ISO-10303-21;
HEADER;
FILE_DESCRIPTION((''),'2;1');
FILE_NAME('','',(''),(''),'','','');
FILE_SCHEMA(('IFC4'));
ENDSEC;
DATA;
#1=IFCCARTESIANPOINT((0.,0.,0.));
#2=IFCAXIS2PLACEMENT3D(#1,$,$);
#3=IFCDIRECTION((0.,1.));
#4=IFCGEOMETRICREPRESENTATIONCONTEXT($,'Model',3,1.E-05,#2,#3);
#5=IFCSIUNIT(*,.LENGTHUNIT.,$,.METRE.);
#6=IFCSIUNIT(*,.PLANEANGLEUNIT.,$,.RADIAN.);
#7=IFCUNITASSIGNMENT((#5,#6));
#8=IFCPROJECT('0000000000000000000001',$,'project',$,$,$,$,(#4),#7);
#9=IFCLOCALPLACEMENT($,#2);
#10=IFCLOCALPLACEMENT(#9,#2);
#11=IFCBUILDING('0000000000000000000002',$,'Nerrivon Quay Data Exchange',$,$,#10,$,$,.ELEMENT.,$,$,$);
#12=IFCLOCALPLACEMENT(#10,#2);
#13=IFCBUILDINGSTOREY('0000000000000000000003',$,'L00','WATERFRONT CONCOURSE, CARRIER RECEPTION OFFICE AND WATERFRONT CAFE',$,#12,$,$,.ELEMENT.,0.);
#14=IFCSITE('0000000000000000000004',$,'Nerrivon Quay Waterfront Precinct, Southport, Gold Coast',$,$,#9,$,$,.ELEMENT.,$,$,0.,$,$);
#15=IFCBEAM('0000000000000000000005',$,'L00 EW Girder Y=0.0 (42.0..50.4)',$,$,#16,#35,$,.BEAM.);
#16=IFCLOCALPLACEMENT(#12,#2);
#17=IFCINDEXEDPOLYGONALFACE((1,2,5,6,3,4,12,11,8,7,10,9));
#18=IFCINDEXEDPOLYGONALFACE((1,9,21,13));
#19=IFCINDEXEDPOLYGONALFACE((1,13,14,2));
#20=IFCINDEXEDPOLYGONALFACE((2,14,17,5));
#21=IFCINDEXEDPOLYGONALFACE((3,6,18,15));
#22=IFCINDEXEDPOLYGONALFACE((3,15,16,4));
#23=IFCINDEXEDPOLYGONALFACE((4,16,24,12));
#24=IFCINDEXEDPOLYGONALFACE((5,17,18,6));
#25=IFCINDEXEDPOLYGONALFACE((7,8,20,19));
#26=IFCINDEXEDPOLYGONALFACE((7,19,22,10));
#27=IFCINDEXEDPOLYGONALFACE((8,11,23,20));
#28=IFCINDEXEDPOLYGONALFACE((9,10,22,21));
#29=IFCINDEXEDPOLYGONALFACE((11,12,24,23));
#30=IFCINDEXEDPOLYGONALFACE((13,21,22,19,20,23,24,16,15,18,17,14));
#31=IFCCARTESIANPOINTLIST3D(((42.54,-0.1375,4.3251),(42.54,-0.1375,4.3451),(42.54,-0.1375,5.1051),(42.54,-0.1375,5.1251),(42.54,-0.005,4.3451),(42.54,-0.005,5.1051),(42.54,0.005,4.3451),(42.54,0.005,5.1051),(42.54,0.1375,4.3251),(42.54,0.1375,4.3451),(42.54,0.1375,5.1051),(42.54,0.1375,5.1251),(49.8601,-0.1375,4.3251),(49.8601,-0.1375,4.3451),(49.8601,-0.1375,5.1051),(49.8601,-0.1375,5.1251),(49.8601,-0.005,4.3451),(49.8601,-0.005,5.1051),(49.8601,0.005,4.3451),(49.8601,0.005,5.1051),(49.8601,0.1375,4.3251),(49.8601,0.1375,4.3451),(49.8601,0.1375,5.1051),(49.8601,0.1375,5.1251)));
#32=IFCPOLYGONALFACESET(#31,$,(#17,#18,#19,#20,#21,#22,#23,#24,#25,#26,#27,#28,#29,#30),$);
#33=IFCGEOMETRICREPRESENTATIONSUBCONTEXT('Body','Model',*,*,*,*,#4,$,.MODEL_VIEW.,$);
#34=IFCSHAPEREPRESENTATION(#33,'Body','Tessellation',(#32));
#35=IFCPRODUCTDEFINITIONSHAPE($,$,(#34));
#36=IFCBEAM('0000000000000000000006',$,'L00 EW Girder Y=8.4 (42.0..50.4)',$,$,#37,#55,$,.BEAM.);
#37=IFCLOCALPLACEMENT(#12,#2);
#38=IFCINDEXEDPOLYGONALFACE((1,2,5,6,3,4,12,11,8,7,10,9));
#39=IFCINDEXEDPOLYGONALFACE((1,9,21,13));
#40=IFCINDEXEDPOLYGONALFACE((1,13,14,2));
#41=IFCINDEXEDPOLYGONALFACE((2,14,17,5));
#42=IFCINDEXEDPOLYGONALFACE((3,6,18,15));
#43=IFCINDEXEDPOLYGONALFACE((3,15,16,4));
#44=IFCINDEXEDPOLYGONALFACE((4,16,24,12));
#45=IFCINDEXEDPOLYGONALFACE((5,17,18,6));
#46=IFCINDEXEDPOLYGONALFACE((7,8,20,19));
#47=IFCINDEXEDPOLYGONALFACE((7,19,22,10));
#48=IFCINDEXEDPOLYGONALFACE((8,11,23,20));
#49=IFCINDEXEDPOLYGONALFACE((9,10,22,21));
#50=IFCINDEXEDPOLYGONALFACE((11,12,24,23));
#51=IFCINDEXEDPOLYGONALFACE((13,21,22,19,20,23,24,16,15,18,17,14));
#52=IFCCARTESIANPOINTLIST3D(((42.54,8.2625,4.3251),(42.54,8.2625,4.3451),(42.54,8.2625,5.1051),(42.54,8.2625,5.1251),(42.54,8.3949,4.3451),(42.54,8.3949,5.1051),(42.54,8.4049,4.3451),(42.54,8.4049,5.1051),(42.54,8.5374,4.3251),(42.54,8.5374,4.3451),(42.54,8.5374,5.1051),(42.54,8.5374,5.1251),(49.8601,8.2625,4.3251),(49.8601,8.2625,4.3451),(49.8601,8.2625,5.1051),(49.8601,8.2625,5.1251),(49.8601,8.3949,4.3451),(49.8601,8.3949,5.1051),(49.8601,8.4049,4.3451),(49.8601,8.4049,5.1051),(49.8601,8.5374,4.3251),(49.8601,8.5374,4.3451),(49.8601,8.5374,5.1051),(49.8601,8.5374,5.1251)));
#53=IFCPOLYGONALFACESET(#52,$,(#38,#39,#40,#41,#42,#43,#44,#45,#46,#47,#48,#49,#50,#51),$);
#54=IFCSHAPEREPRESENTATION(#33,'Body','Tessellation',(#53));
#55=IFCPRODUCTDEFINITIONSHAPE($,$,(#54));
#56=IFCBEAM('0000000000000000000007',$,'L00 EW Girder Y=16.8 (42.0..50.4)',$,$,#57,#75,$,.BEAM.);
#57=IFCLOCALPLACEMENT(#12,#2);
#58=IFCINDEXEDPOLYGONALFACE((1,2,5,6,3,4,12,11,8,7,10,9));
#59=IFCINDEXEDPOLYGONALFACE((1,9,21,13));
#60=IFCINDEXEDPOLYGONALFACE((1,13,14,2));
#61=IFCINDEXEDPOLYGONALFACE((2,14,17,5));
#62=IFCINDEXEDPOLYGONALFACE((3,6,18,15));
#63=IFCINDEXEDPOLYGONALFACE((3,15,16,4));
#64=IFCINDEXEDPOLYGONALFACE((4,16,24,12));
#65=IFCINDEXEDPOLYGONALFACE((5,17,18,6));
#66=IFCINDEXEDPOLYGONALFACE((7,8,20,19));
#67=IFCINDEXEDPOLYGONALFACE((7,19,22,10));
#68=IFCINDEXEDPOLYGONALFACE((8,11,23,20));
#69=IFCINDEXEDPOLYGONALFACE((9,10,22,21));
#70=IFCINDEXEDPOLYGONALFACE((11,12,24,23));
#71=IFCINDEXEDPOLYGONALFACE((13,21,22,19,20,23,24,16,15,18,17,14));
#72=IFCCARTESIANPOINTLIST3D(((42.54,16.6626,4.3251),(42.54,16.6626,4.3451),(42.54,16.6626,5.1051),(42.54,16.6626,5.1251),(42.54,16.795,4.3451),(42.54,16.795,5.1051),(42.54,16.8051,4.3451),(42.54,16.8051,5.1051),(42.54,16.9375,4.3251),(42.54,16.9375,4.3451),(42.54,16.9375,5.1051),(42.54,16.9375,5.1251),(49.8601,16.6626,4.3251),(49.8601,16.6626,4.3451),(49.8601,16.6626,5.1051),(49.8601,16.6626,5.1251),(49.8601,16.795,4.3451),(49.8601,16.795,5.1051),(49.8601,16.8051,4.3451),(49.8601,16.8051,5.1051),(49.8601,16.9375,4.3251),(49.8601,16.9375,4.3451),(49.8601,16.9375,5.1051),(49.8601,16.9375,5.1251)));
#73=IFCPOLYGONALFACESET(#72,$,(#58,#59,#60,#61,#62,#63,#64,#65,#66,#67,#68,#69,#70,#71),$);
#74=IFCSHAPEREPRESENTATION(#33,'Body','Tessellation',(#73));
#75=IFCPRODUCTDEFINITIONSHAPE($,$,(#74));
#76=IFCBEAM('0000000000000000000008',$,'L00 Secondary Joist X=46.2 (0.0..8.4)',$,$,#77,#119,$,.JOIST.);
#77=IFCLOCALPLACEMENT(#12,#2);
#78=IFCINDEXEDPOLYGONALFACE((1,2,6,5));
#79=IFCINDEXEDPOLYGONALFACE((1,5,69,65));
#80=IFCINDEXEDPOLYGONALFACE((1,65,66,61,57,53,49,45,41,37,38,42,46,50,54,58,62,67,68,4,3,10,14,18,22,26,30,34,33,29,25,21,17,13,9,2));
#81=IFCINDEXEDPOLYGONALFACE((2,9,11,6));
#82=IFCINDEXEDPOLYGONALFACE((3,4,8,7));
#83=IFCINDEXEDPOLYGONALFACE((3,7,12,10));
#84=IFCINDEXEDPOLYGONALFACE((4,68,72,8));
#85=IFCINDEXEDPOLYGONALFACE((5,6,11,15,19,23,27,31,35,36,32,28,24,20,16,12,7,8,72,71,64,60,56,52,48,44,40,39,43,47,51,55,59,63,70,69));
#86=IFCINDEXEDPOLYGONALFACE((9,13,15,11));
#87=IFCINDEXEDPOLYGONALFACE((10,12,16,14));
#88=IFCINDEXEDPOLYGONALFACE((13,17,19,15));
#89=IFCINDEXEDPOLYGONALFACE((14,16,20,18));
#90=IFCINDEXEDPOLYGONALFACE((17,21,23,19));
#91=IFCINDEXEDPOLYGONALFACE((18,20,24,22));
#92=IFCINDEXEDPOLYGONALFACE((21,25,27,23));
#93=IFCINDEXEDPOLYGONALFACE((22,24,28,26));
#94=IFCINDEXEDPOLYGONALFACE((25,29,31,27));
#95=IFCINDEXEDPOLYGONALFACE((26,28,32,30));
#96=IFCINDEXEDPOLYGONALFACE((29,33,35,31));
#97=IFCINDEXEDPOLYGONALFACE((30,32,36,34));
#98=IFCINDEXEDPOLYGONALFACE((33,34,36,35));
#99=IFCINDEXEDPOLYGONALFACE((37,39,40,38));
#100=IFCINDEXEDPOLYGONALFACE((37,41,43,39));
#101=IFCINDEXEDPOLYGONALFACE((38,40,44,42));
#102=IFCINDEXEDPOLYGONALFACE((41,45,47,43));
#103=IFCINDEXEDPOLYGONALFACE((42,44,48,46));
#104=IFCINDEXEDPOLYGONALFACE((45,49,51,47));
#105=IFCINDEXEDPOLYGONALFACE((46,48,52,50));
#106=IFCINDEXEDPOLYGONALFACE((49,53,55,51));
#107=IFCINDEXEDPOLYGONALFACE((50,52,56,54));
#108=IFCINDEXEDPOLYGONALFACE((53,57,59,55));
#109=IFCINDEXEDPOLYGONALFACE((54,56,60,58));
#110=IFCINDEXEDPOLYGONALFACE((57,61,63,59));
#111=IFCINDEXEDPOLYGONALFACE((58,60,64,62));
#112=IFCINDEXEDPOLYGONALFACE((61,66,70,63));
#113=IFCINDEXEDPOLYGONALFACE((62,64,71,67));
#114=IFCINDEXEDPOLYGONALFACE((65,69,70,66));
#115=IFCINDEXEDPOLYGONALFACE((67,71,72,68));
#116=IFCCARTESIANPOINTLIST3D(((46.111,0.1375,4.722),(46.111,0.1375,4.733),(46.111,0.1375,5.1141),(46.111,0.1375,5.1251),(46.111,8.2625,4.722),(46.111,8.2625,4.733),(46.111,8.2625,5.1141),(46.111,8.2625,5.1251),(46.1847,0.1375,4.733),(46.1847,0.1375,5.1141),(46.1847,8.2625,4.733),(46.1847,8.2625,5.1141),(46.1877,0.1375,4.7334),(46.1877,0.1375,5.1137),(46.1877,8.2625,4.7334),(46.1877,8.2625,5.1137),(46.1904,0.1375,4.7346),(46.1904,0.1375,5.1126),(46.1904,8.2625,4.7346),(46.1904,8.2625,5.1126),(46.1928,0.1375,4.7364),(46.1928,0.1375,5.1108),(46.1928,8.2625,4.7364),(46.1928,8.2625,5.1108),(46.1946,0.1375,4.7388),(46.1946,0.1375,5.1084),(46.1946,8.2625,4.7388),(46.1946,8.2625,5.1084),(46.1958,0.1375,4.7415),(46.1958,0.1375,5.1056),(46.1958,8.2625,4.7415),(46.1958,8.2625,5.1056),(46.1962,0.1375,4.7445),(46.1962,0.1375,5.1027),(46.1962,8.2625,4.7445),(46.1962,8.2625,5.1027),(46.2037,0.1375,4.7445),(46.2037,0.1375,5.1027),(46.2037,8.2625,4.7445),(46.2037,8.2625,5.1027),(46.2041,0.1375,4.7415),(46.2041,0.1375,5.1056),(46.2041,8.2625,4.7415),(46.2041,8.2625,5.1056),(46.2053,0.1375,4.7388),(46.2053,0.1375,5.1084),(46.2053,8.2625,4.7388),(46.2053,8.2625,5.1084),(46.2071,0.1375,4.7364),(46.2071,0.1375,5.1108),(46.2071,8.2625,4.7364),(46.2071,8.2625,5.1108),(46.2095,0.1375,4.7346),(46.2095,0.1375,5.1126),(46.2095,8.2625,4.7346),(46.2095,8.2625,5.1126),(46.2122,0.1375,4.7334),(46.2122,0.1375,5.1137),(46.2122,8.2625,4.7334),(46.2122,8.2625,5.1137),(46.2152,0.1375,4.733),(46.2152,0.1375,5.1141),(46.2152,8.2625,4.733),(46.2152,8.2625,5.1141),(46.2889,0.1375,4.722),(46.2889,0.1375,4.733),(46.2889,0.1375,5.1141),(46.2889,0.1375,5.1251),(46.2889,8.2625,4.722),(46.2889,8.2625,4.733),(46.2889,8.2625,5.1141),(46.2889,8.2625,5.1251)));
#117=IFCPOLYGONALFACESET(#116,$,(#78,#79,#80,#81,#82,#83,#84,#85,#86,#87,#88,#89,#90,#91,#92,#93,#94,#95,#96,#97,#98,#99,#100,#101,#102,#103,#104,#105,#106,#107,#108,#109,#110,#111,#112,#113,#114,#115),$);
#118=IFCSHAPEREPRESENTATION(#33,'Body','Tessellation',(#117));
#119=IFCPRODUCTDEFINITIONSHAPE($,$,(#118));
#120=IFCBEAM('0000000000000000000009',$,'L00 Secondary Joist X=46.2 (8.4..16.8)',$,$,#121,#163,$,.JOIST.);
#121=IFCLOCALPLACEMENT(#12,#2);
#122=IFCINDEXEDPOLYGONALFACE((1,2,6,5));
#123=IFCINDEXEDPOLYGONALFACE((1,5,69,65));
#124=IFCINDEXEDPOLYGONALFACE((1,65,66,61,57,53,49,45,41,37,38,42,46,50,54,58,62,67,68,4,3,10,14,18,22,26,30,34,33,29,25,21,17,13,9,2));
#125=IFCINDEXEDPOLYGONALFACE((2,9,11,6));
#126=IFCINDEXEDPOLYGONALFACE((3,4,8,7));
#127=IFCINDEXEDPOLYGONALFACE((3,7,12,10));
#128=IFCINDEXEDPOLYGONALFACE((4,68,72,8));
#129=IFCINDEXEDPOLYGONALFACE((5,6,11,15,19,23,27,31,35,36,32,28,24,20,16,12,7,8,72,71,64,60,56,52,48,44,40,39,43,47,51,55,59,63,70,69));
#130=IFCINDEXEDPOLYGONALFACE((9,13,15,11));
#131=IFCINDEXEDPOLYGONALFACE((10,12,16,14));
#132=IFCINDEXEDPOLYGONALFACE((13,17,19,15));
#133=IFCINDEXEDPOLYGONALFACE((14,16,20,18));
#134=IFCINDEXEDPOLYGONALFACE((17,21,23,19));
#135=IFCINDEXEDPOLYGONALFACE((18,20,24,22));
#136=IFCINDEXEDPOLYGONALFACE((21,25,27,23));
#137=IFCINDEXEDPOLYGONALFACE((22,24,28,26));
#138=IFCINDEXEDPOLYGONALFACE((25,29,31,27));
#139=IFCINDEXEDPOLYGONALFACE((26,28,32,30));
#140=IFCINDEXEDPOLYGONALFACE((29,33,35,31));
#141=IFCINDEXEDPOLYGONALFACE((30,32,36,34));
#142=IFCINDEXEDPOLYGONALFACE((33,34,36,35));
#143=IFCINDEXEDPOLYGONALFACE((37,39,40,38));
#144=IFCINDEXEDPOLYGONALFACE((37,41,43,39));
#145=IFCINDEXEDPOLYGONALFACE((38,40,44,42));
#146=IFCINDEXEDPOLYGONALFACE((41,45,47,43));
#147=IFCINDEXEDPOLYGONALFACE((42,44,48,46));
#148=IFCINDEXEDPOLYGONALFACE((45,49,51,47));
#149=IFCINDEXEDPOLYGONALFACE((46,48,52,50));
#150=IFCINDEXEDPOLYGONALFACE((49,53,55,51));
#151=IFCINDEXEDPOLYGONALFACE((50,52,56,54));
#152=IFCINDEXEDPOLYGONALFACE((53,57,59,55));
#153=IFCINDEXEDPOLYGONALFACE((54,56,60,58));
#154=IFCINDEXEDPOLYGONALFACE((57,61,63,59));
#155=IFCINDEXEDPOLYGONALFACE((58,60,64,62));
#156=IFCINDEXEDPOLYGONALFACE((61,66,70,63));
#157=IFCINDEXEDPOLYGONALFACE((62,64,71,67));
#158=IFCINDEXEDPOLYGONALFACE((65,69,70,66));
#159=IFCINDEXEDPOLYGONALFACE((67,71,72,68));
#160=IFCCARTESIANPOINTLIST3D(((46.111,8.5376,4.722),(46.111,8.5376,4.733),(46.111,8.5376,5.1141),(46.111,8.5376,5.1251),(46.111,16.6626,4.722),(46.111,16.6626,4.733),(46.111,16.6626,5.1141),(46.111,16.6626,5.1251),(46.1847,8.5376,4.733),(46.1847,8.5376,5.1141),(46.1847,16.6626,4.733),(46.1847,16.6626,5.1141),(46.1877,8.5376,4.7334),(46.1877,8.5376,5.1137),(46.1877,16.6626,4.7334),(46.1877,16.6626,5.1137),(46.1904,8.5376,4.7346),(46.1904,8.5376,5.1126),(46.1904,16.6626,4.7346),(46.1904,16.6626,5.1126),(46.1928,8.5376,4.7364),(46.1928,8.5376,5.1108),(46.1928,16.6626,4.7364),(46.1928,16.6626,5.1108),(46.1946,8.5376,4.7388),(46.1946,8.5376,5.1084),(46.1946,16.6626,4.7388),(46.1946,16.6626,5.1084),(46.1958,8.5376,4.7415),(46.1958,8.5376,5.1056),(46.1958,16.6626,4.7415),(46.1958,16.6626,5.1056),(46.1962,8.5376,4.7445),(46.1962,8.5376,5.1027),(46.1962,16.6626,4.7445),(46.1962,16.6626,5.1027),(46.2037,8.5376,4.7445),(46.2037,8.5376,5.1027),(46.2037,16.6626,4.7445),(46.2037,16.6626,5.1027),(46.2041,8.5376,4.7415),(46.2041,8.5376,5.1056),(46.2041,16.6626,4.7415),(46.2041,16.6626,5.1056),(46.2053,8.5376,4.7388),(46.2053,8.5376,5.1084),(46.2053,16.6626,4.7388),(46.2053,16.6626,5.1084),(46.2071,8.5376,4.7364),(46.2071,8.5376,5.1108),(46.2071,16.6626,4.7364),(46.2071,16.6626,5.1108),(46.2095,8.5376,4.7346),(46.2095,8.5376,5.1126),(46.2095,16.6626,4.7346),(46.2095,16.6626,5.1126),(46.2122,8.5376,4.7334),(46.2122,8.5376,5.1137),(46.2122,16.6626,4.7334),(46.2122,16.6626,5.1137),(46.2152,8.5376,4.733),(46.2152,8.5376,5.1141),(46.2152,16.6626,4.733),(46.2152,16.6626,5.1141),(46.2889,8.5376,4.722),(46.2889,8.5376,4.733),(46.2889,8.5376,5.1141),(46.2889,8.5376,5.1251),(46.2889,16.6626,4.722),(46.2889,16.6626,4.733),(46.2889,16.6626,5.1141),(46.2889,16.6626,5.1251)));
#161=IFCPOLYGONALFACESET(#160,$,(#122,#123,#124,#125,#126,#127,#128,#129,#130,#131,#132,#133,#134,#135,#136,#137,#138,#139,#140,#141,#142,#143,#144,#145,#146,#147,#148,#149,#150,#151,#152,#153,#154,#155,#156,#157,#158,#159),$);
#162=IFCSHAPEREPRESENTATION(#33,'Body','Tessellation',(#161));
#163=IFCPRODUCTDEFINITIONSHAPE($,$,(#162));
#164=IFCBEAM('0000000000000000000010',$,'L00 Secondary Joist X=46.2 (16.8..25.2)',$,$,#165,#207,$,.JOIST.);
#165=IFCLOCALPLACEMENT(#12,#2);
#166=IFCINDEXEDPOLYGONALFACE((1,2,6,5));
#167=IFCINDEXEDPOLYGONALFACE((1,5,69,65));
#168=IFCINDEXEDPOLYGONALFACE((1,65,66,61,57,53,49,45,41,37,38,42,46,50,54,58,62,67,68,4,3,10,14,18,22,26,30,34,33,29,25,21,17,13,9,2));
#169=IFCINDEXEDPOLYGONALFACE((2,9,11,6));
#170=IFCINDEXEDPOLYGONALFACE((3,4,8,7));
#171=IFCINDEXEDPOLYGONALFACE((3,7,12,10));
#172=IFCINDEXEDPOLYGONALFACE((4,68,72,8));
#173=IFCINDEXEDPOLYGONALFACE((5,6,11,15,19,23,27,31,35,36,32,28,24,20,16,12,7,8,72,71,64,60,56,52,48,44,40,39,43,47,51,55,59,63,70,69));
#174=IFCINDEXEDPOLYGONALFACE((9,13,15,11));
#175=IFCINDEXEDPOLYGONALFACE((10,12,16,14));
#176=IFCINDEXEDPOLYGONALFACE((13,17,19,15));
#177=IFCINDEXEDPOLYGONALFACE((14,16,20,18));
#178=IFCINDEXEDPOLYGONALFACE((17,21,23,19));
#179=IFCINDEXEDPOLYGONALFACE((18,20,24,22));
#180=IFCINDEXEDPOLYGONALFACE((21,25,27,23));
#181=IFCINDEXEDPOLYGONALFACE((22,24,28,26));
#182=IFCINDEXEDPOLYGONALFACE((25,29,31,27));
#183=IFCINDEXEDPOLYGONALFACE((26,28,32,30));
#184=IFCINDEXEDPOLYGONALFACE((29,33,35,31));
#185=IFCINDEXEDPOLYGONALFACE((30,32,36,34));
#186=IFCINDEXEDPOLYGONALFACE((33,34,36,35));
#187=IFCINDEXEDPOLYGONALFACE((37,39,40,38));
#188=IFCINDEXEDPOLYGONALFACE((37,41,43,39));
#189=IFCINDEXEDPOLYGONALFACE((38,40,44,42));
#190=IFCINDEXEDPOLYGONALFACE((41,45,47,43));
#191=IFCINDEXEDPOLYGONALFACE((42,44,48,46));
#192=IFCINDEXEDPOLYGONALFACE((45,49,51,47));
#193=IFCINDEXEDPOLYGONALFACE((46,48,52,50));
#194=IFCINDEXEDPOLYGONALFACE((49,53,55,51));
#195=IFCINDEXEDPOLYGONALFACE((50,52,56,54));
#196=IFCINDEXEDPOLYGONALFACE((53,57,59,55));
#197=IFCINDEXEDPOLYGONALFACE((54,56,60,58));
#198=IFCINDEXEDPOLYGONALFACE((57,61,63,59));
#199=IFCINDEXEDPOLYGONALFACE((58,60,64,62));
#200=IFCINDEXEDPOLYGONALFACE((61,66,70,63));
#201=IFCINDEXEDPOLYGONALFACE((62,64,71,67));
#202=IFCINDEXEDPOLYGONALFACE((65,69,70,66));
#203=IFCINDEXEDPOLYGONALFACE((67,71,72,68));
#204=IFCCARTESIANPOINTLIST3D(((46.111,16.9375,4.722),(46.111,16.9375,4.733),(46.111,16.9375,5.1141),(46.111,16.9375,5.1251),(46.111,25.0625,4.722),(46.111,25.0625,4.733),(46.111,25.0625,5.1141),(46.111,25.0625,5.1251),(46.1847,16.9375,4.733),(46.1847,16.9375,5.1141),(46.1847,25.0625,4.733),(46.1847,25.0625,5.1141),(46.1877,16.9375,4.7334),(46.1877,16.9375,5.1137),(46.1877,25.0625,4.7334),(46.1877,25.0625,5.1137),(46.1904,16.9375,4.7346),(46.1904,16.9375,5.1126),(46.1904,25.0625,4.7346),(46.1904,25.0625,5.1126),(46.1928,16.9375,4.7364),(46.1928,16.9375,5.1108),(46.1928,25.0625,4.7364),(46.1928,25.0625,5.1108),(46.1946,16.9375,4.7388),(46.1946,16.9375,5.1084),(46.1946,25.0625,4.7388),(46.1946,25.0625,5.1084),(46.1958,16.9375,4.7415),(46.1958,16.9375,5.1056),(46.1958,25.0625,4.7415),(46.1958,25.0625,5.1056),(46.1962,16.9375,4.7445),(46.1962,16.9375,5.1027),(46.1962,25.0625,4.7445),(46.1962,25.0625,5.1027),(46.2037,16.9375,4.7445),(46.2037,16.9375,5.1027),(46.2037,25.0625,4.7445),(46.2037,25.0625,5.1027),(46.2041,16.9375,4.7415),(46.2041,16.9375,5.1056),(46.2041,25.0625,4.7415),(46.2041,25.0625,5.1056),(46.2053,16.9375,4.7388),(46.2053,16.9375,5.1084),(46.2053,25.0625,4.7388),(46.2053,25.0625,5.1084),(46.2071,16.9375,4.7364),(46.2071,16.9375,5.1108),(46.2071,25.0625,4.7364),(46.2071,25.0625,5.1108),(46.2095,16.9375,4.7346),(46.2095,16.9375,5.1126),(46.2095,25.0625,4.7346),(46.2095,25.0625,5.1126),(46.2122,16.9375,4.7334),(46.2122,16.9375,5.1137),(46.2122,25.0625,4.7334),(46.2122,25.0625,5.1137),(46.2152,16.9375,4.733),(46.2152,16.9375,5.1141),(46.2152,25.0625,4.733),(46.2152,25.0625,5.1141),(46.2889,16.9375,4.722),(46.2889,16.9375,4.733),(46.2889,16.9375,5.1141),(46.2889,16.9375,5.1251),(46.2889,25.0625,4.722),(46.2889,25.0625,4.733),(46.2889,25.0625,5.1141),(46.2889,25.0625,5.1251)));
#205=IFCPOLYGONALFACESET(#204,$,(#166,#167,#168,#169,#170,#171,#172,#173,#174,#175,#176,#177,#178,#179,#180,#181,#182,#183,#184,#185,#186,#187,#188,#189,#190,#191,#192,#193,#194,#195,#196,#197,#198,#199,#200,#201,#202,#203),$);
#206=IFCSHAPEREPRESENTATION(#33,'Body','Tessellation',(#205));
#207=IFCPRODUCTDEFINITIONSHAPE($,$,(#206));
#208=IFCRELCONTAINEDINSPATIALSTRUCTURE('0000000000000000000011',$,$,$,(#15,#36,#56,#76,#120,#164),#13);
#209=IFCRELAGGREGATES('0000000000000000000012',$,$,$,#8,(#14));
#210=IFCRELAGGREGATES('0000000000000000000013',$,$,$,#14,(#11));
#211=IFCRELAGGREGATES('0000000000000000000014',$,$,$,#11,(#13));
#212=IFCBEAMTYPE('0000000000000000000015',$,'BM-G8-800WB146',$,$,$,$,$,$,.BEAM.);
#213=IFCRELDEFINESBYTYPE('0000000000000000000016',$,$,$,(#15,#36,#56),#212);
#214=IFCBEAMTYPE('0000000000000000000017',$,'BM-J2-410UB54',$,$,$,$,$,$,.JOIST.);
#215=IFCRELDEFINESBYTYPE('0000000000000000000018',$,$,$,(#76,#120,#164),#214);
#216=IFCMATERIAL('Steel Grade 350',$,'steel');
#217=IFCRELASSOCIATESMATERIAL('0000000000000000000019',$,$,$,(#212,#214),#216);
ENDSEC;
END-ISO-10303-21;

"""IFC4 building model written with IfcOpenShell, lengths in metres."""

from ifc_helpers import new_model, si_unit, direction, frame, origin, origin_2d, place, context, subcontext, project, spatial, i_section, extrude, material, material_profile, profile_set, type_object, element, save


model = new_model("IFC4")

# Units and contexts
model_context = context("Model", 3, precision=1e-05, world=origin(), true_north=direction((0.0, 1.0)))
body_context = subcontext(model_context, "Body", "Model", "MODEL_VIEW")
ifc_project = project(units=[si_unit("LENGTHUNIT", "METRE"), si_unit("PLANEANGLEUNIT", "RADIAN")], contexts=[model_context])

# Site, building, storey
site_placement = place(None, origin())
site = spatial("IfcSite", under=ifc_project, at=site_placement, Name="Nerrivon Quay Waterfront Precinct, Southport, Gold Coast", CompositionType="ELEMENT", RefElevation=0.0)
building_placement = place(site_placement, origin())
building = spatial("IfcBuilding", under=site, at=building_placement, Name="Nerrivon Quay Data Exchange", CompositionType="ELEMENT")
storey_placement = place(building_placement, origin())
storey = spatial("IfcBuildingStorey", under=building, at=storey_placement, Name="L00", Description="WATERFRONT CONCOURSE, CARRIER RECEPTION OFFICE AND WATERFRONT CAFE", CompositionType="ELEMENT", Elevation=0.0)

# Beams
ifc_material_1 = material(Name="Steel Grade 350", Category="steel")
ifc_material_profile_1 = material_profile(ifc_material_1, i_section(OverallWidth=0.2749, OverallDepth=0.8, WebThickness=0.01, FlangeThickness=0.02, at=origin_2d()), Name="800WB146")
ifc_profile_set_1 = profile_set([ifc_material_profile_1], Name="Steel Grade 350")
beam_type_1 = type_object("IfcBeamType", Name="BM-G8-800WB146", PredefinedType="BEAM", material=ifc_profile_set_1)
for number, where, z_axis, x_axis, name in (
    (1, (42.54, 0.0, 4.7251), (1.0, 0.0, 0.0), (0.0, 1.0, 0.0), "L00 EW Girder Y=0.0 (42.0..50.4)"),
    (2, (42.54, 8.3999, 4.7251), (1.0, 0.0, 0.0), (0.0, 1.0, 0.0), "L00 EW Girder Y=8.4 (42.0..50.4)"),
    (3, (42.54, 16.8, 4.7251), (1.0, 0.0, 0.0), (0.0, 1.0, 0.0), "L00 EW Girder Y=16.8 (42.0..50.4)"),
):
    element("IfcBeam", number, at=place(storey_placement, frame(where, z_axis=z_axis, x_axis=x_axis)), inside=storey, type_object=beam_type_1, Name=name, PredefinedType="BEAM", context=body_context, shape_type="SweptSolid", body=[
        extrude(i_section(OverallWidth=0.2749, OverallDepth=0.8, WebThickness=0.01, FlangeThickness=0.02, at=origin_2d()), origin(), (0.0, 0.0, 1.0), 7.3201),
    ])
ifc_material_profile_2 = material_profile(ifc_material_1, i_section(OverallWidth=0.178, OverallDepth=0.4031, WebThickness=0.0076, FlangeThickness=0.011, FilletRadius=0.0115, at=origin_2d()), Name="410UB53.7")
ifc_profile_set_2 = profile_set([ifc_material_profile_2], Name="Steel Grade 350")
beam_type_2 = type_object("IfcBeamType", Name="BM-J2-410UB54", PredefinedType="JOIST", material=ifc_profile_set_2)
for number, where, z_axis, x_axis, name in (
    (4, (46.2, 0.1375, 4.9236), (0.0, 1.0, 0.0), (-1.0, 0.0, 0.0), "L00 Secondary Joist X=46.2 (0.0..8.4)"),
    (5, (46.2, 8.5376, 4.9236), (0.0, 1.0, 0.0), (-1.0, 0.0, 0.0), "L00 Secondary Joist X=46.2 (8.4..16.8)"),
    (6, (46.2, 16.9375, 4.9236), (0.0, 1.0, 0.0), (-1.0, 0.0, 0.0), "L00 Secondary Joist X=46.2 (16.8..25.2)"),
):
    element("IfcBeam", number, at=place(storey_placement, frame(where, z_axis=z_axis, x_axis=x_axis)), inside=storey, type_object=beam_type_2, Name=name, PredefinedType="JOIST", context=body_context, shape_type="SweptSolid", body=[
        extrude(i_section(OverallWidth=0.178, OverallDepth=0.4031, WebThickness=0.0076, FlangeThickness=0.011, FilletRadius=0.0115, at=origin_2d()), origin(), (0.0, 0.0, 1.0), 8.125),
    ])

save(model, "model.ifc")
